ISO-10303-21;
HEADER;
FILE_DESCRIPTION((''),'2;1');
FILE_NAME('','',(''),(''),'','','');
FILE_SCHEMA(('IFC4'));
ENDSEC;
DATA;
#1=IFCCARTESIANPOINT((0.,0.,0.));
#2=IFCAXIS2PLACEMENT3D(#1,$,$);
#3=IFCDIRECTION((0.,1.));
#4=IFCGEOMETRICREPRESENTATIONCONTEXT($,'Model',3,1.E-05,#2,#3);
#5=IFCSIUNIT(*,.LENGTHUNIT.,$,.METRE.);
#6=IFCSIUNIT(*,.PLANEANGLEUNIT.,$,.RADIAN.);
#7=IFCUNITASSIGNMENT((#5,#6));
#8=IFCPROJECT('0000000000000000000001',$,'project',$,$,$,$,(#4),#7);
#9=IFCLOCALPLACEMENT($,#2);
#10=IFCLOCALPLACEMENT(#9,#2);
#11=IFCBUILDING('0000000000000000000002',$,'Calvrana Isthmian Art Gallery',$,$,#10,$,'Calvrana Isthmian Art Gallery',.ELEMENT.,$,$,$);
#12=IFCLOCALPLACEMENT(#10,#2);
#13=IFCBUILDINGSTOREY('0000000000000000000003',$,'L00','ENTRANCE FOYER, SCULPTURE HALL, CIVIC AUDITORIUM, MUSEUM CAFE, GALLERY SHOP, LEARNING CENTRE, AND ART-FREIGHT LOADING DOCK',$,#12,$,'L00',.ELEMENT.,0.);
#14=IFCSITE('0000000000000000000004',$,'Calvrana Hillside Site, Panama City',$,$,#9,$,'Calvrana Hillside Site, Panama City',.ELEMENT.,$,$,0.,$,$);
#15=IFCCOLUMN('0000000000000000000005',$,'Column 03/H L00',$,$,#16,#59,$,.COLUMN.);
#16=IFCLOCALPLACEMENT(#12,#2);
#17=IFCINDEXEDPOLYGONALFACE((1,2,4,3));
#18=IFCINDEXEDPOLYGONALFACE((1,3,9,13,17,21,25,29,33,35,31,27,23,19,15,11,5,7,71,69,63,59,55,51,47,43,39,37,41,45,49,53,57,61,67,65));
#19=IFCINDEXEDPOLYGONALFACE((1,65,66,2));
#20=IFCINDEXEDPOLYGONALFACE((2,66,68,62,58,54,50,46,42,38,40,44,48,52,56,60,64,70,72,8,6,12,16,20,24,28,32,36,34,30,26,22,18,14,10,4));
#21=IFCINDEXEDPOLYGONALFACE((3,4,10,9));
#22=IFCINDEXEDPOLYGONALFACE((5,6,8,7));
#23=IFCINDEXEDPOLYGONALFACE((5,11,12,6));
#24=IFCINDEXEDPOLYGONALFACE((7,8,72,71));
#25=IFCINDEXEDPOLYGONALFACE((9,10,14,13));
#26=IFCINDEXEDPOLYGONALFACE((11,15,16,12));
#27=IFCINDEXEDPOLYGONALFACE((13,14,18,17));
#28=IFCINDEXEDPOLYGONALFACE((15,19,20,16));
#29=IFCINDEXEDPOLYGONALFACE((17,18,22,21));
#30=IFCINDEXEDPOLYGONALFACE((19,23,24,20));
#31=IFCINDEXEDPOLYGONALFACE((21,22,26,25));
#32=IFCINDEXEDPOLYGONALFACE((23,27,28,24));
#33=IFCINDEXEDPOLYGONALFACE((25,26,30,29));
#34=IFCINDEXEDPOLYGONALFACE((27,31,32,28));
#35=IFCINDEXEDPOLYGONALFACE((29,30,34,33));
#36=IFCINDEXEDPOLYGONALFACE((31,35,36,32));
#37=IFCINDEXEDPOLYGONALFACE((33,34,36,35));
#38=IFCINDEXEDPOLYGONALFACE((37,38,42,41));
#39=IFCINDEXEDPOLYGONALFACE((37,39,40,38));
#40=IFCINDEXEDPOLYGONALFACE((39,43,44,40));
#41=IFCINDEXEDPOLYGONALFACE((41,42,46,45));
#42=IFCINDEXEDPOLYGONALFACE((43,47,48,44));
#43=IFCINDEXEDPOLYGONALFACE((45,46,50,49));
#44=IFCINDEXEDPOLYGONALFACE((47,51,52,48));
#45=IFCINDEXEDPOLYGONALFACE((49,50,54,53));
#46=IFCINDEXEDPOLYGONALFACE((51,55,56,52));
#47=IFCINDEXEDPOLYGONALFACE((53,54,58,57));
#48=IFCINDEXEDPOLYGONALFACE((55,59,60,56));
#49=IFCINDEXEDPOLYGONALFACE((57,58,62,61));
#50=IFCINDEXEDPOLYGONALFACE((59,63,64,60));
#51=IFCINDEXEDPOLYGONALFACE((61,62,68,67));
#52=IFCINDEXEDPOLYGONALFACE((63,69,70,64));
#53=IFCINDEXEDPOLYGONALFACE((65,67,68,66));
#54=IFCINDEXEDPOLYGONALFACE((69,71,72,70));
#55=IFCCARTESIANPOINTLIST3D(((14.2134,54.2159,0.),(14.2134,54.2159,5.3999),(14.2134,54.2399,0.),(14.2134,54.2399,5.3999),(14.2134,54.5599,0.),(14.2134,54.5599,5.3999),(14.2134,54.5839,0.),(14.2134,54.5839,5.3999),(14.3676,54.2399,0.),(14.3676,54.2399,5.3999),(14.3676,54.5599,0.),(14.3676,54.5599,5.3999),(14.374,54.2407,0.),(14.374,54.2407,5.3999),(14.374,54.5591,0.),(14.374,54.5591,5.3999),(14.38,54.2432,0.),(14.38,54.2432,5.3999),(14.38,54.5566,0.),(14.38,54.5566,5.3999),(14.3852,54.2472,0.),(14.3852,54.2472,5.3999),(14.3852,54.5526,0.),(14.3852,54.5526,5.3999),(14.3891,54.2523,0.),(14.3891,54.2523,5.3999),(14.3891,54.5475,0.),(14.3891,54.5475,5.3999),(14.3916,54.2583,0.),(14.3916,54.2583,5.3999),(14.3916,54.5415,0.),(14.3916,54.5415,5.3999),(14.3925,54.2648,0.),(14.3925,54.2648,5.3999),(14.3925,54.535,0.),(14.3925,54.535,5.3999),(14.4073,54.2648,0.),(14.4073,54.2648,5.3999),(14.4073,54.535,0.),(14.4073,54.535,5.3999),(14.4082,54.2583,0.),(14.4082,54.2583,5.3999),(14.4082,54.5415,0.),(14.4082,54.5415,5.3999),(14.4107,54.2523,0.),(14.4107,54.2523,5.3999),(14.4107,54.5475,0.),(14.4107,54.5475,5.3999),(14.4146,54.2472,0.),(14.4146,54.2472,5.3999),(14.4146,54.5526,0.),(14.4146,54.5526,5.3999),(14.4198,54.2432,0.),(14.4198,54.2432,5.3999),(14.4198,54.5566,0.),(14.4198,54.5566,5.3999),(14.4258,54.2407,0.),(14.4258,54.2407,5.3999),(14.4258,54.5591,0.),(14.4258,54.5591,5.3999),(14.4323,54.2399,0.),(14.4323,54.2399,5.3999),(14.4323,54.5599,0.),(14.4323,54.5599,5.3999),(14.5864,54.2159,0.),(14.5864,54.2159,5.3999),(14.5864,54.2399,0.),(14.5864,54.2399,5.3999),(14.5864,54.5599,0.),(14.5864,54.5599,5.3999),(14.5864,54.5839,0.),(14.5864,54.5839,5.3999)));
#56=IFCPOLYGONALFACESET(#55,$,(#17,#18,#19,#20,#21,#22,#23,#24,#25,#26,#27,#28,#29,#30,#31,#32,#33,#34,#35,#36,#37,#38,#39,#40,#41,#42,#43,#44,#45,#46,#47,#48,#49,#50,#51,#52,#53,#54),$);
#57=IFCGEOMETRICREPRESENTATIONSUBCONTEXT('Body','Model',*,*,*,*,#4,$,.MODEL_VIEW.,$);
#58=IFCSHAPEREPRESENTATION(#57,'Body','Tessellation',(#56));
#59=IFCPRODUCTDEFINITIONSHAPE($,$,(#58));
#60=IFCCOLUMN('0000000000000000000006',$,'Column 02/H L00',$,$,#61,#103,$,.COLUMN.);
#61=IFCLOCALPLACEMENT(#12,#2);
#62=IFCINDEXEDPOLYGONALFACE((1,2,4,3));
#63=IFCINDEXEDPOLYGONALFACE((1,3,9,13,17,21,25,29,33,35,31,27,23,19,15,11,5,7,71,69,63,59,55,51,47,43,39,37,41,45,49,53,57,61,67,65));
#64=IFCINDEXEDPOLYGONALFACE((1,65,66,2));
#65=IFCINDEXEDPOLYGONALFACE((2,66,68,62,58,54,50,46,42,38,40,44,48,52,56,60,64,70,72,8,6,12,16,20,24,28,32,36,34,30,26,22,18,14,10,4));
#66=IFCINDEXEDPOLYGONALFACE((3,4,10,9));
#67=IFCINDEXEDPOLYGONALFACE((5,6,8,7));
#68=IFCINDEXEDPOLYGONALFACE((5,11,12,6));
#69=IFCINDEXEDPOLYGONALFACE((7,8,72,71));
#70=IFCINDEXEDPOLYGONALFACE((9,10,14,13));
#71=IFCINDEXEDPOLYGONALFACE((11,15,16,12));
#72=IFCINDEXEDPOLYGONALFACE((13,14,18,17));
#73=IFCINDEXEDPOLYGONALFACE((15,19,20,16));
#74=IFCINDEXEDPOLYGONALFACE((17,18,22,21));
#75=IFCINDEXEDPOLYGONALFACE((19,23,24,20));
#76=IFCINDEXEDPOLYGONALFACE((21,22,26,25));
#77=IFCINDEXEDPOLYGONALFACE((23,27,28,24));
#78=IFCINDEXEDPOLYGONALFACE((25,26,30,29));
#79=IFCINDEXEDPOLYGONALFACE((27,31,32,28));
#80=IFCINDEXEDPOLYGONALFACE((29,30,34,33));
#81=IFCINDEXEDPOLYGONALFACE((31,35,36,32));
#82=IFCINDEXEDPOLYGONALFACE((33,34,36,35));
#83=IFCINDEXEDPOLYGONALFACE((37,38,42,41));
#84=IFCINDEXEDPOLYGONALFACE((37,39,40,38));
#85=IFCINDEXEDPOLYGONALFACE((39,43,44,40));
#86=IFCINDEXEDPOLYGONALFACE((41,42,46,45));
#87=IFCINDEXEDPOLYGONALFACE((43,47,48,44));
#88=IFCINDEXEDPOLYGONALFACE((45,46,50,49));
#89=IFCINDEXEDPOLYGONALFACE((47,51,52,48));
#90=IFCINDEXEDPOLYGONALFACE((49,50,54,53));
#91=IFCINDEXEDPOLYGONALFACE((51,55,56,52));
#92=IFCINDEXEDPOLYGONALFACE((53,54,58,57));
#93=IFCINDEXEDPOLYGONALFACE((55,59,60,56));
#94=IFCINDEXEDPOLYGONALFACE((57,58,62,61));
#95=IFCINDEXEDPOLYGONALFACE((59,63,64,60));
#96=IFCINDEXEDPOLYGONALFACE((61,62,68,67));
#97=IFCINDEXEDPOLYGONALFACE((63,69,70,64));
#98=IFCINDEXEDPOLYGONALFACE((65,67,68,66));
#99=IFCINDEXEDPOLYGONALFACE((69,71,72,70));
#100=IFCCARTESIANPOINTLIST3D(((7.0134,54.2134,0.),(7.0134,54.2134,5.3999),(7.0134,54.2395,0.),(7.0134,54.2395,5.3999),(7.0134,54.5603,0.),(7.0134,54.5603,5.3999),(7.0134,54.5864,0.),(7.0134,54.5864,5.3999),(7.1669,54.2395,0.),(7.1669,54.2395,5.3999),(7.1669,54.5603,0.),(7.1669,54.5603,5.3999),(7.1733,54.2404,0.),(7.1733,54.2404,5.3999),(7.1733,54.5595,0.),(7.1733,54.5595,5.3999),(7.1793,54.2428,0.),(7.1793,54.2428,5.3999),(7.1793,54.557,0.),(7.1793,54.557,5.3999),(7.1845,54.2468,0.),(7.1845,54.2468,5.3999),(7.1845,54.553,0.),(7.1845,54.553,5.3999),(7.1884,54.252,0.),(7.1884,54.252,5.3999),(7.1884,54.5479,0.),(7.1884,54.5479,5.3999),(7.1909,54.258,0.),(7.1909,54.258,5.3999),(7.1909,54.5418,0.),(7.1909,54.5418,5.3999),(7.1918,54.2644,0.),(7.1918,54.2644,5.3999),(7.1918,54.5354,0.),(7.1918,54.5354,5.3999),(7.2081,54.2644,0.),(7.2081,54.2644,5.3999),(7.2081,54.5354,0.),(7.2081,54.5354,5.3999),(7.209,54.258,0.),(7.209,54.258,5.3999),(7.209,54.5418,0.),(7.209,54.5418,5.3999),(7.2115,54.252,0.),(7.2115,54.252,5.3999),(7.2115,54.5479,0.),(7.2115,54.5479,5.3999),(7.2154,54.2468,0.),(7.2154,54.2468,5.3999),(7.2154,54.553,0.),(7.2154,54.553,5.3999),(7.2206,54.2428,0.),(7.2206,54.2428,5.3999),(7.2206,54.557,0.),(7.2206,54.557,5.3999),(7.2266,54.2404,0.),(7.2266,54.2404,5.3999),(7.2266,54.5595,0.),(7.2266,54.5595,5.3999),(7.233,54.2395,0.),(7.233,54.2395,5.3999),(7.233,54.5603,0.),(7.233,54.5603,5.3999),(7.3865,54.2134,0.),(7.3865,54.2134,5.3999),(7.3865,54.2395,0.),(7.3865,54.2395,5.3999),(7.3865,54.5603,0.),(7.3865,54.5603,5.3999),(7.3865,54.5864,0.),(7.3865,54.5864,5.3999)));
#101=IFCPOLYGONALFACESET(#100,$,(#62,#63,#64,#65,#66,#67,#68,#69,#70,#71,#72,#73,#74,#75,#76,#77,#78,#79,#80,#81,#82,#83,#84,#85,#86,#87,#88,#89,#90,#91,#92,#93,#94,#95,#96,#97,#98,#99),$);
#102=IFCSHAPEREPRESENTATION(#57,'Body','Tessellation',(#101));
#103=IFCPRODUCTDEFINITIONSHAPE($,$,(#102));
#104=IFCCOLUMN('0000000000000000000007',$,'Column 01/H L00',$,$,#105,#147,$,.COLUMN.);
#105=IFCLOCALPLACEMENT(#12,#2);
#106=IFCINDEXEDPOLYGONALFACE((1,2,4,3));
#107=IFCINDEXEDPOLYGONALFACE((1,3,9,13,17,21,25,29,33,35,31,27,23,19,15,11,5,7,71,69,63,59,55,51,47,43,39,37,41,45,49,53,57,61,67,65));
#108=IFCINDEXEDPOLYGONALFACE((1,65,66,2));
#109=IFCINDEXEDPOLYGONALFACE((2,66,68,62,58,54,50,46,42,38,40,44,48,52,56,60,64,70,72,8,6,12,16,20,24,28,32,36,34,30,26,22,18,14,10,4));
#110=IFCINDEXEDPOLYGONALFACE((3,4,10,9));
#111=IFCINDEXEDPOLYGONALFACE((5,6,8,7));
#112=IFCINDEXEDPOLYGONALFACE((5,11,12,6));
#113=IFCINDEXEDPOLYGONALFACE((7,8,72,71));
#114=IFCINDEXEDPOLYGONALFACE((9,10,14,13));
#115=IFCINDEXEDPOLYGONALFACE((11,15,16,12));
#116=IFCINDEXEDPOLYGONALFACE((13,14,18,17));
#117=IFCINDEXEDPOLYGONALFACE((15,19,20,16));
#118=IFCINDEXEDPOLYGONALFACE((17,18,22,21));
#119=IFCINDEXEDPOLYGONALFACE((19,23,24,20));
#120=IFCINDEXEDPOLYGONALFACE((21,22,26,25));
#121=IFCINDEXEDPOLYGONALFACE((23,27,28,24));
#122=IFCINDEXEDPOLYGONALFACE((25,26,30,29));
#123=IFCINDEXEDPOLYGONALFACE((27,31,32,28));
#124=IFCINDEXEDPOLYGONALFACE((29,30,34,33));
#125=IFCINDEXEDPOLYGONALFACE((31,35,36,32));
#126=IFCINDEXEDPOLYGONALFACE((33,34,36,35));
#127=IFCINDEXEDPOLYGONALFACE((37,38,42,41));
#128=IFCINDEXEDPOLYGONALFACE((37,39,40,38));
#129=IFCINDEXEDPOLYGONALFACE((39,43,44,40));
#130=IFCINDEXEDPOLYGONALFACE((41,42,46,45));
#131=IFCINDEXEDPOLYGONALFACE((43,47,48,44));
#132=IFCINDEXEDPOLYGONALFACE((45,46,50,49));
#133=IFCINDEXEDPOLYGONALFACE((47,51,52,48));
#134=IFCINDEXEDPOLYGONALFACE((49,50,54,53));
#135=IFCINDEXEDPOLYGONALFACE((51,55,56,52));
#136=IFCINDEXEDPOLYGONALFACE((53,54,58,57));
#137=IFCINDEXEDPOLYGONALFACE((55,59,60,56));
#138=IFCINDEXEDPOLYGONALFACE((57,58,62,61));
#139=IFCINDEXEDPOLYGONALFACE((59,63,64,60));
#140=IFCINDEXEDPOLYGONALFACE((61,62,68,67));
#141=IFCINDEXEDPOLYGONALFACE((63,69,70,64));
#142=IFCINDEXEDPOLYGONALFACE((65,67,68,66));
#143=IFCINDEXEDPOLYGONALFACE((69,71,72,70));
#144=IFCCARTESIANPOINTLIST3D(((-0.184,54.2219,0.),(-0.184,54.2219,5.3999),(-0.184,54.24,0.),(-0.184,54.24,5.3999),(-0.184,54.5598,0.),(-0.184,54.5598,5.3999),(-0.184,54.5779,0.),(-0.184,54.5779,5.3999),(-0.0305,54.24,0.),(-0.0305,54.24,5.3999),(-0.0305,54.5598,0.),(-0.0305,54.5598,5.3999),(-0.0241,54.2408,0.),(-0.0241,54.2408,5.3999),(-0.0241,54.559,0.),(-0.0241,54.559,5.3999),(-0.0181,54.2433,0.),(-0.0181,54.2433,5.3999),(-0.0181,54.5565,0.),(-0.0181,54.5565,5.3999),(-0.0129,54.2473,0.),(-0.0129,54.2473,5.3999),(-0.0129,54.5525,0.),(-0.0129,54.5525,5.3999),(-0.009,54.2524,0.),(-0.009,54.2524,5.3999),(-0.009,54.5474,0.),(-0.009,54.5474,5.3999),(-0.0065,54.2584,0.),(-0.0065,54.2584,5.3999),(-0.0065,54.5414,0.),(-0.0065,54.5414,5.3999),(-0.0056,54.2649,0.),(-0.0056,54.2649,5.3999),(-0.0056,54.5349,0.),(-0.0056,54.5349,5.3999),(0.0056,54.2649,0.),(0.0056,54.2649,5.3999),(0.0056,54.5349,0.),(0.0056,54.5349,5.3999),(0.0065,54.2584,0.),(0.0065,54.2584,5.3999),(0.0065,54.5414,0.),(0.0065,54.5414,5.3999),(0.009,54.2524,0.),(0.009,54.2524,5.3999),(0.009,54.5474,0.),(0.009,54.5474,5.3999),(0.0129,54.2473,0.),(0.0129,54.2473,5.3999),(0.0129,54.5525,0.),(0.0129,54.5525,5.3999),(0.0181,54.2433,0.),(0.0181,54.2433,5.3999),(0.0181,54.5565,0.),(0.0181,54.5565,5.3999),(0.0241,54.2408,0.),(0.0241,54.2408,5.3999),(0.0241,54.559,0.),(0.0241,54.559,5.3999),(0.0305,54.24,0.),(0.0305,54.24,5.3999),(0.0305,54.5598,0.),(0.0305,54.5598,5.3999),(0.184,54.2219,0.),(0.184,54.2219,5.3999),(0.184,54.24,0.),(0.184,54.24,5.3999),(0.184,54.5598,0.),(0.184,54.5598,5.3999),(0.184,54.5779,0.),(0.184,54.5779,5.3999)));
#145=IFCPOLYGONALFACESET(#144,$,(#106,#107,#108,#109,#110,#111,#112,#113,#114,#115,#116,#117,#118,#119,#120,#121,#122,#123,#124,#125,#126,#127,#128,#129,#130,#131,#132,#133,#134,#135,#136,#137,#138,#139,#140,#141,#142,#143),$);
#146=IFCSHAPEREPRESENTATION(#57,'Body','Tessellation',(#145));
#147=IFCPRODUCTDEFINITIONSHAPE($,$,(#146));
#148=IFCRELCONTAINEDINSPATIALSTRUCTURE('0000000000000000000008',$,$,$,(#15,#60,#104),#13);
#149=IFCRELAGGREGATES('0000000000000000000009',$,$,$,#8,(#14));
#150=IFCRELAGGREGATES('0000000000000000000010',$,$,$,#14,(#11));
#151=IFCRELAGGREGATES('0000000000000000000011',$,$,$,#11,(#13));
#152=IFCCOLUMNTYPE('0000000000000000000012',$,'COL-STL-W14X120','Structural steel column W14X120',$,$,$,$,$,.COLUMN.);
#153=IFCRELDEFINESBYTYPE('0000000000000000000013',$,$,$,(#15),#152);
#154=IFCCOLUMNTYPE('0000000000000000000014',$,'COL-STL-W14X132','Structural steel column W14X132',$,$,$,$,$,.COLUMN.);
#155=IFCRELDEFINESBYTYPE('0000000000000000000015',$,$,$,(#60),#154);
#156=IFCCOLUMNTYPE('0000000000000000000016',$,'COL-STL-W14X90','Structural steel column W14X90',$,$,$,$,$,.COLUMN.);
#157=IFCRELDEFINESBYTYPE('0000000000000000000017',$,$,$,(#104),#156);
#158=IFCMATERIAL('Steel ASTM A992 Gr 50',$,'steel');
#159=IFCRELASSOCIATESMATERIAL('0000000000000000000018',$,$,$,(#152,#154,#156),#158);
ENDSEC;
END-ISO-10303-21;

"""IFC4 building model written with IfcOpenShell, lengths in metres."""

from ifc_helpers import new_model, si_unit, direction, frame, origin, origin_2d, place, context, subcontext, project, spatial, i_section, extrude, material, material_profile, profile_set, type_object, element, save


model = new_model("IFC4")

# Units and contexts
model_context = context("Model", 3, precision=1e-05, world=origin(), true_north=direction((0.0, 1.0)))
body_context = subcontext(model_context, "Body", "Model", "MODEL_VIEW")
ifc_project = project(units=[si_unit("LENGTHUNIT", "METRE"), si_unit("PLANEANGLEUNIT", "RADIAN")], contexts=[model_context])

# Site, building, storey
site_placement = place(None, origin())
site = spatial("IfcSite", under=ifc_project, at=site_placement, Name="Calvrana Hillside Site, Panama City", LongName="Calvrana Hillside Site, Panama City", CompositionType="ELEMENT", RefElevation=0.0)
building_placement = place(site_placement, origin())
building = spatial("IfcBuilding", under=site, at=building_placement, Name="Calvrana Isthmian Art Gallery", LongName="Calvrana Isthmian Art Gallery", CompositionType="ELEMENT")
storey_placement = place(building_placement, origin())
storey = spatial("IfcBuildingStorey", under=building, at=storey_placement, Name="L00", Description="ENTRANCE FOYER, SCULPTURE HALL, CIVIC AUDITORIUM, MUSEUM CAFE, GALLERY SHOP, LEARNING CENTRE, AND ART-FREIGHT LOADING DOCK", LongName="L00", CompositionType="ELEMENT", Elevation=0.0)

# Columns
ifc_material_1 = material(Name="Steel ASTM A992 Gr 50", Category="steel")
ifc_material_profile_1 = material_profile(ifc_material_1, i_section(OverallWidth=0.373, OverallDepth=0.3679, WebThickness=0.0149, FlangeThickness=0.0239, FilletRadius=0.0249, at=origin_2d()), Name="W14X120")
ifc_profile_set_1 = profile_set([ifc_material_profile_1], Name="Steel ASTM A992 Gr 50")
column_type_1 = type_object("IfcColumnType", Name="COL-STL-W14X120", Description="Structural steel column W14X120", PredefinedType="COLUMN", material=ifc_profile_set_1)
column_1_placement = place(storey_placement, frame((14.3999, 54.3999, 0.0), z_axis=(0.0, 0.0, 1.0), x_axis=(1.0, 0.0, 0.0)))
element("IfcColumn", 1, at=column_1_placement, inside=storey, type_object=column_type_1, Name="Column 03/H L00", PredefinedType="COLUMN", context=body_context, shape_type="SweptSolid", body=[
    extrude(i_section(OverallWidth=0.373, OverallDepth=0.3679, WebThickness=0.0149, FlangeThickness=0.0239, FilletRadius=0.0249, at=origin_2d()), origin(), (0.0, 0.0, 1.0), 5.3999),
])
ifc_material_profile_2 = material_profile(ifc_material_1, i_section(OverallWidth=0.373, OverallDepth=0.373, WebThickness=0.0164, FlangeThickness=0.0261, FilletRadius=0.0249, at=origin_2d()), Name="W14X132")
ifc_profile_set_2 = profile_set([ifc_material_profile_2], Name="Steel ASTM A992 Gr 50")
column_type_2 = type_object("IfcColumnType", Name="COL-STL-W14X132", Description="Structural steel column W14X132", PredefinedType="COLUMN", material=ifc_profile_set_2)
column_2_placement = place(storey_placement, frame((7.2, 54.3999, 0.0), z_axis=(0.0, 0.0, 1.0), x_axis=(1.0, 0.0, 0.0)))
element("IfcColumn", 2, at=column_2_placement, inside=storey, type_object=column_type_2, Name="Column 02/H L00", PredefinedType="COLUMN", context=body_context, shape_type="SweptSolid", body=[
    extrude(i_section(OverallWidth=0.373, OverallDepth=0.373, WebThickness=0.0164, FlangeThickness=0.0261, FilletRadius=0.0249, at=origin_2d()), origin(), (0.0, 0.0, 1.0), 5.3999),
])
ifc_material_profile_3 = material_profile(ifc_material_1, i_section(OverallWidth=0.3679, OverallDepth=0.356, WebThickness=0.0112, FlangeThickness=0.0181, FilletRadius=0.0249, at=origin_2d()), Name="W14X90")
ifc_profile_set_3 = profile_set([ifc_material_profile_3], Name="Steel ASTM A992 Gr 50")
column_type_3 = type_object("IfcColumnType", Name="COL-STL-W14X90", Description="Structural steel column W14X90", PredefinedType="COLUMN", material=ifc_profile_set_3)
column_3_placement = place(storey_placement, frame((0.0, 54.3999, 0.0), z_axis=(0.0, 0.0, 1.0), x_axis=(1.0, 0.0, 0.0)))
element("IfcColumn", 3, at=column_3_placement, inside=storey, type_object=column_type_3, Name="Column 01/H L00", PredefinedType="COLUMN", context=body_context, shape_type="SweptSolid", body=[
    extrude(i_section(OverallWidth=0.3679, OverallDepth=0.356, WebThickness=0.0112, FlangeThickness=0.0181, FilletRadius=0.0249, at=origin_2d()), origin(), (0.0, 0.0, 1.0), 5.3999),
])

save(model, "model.ifc")
